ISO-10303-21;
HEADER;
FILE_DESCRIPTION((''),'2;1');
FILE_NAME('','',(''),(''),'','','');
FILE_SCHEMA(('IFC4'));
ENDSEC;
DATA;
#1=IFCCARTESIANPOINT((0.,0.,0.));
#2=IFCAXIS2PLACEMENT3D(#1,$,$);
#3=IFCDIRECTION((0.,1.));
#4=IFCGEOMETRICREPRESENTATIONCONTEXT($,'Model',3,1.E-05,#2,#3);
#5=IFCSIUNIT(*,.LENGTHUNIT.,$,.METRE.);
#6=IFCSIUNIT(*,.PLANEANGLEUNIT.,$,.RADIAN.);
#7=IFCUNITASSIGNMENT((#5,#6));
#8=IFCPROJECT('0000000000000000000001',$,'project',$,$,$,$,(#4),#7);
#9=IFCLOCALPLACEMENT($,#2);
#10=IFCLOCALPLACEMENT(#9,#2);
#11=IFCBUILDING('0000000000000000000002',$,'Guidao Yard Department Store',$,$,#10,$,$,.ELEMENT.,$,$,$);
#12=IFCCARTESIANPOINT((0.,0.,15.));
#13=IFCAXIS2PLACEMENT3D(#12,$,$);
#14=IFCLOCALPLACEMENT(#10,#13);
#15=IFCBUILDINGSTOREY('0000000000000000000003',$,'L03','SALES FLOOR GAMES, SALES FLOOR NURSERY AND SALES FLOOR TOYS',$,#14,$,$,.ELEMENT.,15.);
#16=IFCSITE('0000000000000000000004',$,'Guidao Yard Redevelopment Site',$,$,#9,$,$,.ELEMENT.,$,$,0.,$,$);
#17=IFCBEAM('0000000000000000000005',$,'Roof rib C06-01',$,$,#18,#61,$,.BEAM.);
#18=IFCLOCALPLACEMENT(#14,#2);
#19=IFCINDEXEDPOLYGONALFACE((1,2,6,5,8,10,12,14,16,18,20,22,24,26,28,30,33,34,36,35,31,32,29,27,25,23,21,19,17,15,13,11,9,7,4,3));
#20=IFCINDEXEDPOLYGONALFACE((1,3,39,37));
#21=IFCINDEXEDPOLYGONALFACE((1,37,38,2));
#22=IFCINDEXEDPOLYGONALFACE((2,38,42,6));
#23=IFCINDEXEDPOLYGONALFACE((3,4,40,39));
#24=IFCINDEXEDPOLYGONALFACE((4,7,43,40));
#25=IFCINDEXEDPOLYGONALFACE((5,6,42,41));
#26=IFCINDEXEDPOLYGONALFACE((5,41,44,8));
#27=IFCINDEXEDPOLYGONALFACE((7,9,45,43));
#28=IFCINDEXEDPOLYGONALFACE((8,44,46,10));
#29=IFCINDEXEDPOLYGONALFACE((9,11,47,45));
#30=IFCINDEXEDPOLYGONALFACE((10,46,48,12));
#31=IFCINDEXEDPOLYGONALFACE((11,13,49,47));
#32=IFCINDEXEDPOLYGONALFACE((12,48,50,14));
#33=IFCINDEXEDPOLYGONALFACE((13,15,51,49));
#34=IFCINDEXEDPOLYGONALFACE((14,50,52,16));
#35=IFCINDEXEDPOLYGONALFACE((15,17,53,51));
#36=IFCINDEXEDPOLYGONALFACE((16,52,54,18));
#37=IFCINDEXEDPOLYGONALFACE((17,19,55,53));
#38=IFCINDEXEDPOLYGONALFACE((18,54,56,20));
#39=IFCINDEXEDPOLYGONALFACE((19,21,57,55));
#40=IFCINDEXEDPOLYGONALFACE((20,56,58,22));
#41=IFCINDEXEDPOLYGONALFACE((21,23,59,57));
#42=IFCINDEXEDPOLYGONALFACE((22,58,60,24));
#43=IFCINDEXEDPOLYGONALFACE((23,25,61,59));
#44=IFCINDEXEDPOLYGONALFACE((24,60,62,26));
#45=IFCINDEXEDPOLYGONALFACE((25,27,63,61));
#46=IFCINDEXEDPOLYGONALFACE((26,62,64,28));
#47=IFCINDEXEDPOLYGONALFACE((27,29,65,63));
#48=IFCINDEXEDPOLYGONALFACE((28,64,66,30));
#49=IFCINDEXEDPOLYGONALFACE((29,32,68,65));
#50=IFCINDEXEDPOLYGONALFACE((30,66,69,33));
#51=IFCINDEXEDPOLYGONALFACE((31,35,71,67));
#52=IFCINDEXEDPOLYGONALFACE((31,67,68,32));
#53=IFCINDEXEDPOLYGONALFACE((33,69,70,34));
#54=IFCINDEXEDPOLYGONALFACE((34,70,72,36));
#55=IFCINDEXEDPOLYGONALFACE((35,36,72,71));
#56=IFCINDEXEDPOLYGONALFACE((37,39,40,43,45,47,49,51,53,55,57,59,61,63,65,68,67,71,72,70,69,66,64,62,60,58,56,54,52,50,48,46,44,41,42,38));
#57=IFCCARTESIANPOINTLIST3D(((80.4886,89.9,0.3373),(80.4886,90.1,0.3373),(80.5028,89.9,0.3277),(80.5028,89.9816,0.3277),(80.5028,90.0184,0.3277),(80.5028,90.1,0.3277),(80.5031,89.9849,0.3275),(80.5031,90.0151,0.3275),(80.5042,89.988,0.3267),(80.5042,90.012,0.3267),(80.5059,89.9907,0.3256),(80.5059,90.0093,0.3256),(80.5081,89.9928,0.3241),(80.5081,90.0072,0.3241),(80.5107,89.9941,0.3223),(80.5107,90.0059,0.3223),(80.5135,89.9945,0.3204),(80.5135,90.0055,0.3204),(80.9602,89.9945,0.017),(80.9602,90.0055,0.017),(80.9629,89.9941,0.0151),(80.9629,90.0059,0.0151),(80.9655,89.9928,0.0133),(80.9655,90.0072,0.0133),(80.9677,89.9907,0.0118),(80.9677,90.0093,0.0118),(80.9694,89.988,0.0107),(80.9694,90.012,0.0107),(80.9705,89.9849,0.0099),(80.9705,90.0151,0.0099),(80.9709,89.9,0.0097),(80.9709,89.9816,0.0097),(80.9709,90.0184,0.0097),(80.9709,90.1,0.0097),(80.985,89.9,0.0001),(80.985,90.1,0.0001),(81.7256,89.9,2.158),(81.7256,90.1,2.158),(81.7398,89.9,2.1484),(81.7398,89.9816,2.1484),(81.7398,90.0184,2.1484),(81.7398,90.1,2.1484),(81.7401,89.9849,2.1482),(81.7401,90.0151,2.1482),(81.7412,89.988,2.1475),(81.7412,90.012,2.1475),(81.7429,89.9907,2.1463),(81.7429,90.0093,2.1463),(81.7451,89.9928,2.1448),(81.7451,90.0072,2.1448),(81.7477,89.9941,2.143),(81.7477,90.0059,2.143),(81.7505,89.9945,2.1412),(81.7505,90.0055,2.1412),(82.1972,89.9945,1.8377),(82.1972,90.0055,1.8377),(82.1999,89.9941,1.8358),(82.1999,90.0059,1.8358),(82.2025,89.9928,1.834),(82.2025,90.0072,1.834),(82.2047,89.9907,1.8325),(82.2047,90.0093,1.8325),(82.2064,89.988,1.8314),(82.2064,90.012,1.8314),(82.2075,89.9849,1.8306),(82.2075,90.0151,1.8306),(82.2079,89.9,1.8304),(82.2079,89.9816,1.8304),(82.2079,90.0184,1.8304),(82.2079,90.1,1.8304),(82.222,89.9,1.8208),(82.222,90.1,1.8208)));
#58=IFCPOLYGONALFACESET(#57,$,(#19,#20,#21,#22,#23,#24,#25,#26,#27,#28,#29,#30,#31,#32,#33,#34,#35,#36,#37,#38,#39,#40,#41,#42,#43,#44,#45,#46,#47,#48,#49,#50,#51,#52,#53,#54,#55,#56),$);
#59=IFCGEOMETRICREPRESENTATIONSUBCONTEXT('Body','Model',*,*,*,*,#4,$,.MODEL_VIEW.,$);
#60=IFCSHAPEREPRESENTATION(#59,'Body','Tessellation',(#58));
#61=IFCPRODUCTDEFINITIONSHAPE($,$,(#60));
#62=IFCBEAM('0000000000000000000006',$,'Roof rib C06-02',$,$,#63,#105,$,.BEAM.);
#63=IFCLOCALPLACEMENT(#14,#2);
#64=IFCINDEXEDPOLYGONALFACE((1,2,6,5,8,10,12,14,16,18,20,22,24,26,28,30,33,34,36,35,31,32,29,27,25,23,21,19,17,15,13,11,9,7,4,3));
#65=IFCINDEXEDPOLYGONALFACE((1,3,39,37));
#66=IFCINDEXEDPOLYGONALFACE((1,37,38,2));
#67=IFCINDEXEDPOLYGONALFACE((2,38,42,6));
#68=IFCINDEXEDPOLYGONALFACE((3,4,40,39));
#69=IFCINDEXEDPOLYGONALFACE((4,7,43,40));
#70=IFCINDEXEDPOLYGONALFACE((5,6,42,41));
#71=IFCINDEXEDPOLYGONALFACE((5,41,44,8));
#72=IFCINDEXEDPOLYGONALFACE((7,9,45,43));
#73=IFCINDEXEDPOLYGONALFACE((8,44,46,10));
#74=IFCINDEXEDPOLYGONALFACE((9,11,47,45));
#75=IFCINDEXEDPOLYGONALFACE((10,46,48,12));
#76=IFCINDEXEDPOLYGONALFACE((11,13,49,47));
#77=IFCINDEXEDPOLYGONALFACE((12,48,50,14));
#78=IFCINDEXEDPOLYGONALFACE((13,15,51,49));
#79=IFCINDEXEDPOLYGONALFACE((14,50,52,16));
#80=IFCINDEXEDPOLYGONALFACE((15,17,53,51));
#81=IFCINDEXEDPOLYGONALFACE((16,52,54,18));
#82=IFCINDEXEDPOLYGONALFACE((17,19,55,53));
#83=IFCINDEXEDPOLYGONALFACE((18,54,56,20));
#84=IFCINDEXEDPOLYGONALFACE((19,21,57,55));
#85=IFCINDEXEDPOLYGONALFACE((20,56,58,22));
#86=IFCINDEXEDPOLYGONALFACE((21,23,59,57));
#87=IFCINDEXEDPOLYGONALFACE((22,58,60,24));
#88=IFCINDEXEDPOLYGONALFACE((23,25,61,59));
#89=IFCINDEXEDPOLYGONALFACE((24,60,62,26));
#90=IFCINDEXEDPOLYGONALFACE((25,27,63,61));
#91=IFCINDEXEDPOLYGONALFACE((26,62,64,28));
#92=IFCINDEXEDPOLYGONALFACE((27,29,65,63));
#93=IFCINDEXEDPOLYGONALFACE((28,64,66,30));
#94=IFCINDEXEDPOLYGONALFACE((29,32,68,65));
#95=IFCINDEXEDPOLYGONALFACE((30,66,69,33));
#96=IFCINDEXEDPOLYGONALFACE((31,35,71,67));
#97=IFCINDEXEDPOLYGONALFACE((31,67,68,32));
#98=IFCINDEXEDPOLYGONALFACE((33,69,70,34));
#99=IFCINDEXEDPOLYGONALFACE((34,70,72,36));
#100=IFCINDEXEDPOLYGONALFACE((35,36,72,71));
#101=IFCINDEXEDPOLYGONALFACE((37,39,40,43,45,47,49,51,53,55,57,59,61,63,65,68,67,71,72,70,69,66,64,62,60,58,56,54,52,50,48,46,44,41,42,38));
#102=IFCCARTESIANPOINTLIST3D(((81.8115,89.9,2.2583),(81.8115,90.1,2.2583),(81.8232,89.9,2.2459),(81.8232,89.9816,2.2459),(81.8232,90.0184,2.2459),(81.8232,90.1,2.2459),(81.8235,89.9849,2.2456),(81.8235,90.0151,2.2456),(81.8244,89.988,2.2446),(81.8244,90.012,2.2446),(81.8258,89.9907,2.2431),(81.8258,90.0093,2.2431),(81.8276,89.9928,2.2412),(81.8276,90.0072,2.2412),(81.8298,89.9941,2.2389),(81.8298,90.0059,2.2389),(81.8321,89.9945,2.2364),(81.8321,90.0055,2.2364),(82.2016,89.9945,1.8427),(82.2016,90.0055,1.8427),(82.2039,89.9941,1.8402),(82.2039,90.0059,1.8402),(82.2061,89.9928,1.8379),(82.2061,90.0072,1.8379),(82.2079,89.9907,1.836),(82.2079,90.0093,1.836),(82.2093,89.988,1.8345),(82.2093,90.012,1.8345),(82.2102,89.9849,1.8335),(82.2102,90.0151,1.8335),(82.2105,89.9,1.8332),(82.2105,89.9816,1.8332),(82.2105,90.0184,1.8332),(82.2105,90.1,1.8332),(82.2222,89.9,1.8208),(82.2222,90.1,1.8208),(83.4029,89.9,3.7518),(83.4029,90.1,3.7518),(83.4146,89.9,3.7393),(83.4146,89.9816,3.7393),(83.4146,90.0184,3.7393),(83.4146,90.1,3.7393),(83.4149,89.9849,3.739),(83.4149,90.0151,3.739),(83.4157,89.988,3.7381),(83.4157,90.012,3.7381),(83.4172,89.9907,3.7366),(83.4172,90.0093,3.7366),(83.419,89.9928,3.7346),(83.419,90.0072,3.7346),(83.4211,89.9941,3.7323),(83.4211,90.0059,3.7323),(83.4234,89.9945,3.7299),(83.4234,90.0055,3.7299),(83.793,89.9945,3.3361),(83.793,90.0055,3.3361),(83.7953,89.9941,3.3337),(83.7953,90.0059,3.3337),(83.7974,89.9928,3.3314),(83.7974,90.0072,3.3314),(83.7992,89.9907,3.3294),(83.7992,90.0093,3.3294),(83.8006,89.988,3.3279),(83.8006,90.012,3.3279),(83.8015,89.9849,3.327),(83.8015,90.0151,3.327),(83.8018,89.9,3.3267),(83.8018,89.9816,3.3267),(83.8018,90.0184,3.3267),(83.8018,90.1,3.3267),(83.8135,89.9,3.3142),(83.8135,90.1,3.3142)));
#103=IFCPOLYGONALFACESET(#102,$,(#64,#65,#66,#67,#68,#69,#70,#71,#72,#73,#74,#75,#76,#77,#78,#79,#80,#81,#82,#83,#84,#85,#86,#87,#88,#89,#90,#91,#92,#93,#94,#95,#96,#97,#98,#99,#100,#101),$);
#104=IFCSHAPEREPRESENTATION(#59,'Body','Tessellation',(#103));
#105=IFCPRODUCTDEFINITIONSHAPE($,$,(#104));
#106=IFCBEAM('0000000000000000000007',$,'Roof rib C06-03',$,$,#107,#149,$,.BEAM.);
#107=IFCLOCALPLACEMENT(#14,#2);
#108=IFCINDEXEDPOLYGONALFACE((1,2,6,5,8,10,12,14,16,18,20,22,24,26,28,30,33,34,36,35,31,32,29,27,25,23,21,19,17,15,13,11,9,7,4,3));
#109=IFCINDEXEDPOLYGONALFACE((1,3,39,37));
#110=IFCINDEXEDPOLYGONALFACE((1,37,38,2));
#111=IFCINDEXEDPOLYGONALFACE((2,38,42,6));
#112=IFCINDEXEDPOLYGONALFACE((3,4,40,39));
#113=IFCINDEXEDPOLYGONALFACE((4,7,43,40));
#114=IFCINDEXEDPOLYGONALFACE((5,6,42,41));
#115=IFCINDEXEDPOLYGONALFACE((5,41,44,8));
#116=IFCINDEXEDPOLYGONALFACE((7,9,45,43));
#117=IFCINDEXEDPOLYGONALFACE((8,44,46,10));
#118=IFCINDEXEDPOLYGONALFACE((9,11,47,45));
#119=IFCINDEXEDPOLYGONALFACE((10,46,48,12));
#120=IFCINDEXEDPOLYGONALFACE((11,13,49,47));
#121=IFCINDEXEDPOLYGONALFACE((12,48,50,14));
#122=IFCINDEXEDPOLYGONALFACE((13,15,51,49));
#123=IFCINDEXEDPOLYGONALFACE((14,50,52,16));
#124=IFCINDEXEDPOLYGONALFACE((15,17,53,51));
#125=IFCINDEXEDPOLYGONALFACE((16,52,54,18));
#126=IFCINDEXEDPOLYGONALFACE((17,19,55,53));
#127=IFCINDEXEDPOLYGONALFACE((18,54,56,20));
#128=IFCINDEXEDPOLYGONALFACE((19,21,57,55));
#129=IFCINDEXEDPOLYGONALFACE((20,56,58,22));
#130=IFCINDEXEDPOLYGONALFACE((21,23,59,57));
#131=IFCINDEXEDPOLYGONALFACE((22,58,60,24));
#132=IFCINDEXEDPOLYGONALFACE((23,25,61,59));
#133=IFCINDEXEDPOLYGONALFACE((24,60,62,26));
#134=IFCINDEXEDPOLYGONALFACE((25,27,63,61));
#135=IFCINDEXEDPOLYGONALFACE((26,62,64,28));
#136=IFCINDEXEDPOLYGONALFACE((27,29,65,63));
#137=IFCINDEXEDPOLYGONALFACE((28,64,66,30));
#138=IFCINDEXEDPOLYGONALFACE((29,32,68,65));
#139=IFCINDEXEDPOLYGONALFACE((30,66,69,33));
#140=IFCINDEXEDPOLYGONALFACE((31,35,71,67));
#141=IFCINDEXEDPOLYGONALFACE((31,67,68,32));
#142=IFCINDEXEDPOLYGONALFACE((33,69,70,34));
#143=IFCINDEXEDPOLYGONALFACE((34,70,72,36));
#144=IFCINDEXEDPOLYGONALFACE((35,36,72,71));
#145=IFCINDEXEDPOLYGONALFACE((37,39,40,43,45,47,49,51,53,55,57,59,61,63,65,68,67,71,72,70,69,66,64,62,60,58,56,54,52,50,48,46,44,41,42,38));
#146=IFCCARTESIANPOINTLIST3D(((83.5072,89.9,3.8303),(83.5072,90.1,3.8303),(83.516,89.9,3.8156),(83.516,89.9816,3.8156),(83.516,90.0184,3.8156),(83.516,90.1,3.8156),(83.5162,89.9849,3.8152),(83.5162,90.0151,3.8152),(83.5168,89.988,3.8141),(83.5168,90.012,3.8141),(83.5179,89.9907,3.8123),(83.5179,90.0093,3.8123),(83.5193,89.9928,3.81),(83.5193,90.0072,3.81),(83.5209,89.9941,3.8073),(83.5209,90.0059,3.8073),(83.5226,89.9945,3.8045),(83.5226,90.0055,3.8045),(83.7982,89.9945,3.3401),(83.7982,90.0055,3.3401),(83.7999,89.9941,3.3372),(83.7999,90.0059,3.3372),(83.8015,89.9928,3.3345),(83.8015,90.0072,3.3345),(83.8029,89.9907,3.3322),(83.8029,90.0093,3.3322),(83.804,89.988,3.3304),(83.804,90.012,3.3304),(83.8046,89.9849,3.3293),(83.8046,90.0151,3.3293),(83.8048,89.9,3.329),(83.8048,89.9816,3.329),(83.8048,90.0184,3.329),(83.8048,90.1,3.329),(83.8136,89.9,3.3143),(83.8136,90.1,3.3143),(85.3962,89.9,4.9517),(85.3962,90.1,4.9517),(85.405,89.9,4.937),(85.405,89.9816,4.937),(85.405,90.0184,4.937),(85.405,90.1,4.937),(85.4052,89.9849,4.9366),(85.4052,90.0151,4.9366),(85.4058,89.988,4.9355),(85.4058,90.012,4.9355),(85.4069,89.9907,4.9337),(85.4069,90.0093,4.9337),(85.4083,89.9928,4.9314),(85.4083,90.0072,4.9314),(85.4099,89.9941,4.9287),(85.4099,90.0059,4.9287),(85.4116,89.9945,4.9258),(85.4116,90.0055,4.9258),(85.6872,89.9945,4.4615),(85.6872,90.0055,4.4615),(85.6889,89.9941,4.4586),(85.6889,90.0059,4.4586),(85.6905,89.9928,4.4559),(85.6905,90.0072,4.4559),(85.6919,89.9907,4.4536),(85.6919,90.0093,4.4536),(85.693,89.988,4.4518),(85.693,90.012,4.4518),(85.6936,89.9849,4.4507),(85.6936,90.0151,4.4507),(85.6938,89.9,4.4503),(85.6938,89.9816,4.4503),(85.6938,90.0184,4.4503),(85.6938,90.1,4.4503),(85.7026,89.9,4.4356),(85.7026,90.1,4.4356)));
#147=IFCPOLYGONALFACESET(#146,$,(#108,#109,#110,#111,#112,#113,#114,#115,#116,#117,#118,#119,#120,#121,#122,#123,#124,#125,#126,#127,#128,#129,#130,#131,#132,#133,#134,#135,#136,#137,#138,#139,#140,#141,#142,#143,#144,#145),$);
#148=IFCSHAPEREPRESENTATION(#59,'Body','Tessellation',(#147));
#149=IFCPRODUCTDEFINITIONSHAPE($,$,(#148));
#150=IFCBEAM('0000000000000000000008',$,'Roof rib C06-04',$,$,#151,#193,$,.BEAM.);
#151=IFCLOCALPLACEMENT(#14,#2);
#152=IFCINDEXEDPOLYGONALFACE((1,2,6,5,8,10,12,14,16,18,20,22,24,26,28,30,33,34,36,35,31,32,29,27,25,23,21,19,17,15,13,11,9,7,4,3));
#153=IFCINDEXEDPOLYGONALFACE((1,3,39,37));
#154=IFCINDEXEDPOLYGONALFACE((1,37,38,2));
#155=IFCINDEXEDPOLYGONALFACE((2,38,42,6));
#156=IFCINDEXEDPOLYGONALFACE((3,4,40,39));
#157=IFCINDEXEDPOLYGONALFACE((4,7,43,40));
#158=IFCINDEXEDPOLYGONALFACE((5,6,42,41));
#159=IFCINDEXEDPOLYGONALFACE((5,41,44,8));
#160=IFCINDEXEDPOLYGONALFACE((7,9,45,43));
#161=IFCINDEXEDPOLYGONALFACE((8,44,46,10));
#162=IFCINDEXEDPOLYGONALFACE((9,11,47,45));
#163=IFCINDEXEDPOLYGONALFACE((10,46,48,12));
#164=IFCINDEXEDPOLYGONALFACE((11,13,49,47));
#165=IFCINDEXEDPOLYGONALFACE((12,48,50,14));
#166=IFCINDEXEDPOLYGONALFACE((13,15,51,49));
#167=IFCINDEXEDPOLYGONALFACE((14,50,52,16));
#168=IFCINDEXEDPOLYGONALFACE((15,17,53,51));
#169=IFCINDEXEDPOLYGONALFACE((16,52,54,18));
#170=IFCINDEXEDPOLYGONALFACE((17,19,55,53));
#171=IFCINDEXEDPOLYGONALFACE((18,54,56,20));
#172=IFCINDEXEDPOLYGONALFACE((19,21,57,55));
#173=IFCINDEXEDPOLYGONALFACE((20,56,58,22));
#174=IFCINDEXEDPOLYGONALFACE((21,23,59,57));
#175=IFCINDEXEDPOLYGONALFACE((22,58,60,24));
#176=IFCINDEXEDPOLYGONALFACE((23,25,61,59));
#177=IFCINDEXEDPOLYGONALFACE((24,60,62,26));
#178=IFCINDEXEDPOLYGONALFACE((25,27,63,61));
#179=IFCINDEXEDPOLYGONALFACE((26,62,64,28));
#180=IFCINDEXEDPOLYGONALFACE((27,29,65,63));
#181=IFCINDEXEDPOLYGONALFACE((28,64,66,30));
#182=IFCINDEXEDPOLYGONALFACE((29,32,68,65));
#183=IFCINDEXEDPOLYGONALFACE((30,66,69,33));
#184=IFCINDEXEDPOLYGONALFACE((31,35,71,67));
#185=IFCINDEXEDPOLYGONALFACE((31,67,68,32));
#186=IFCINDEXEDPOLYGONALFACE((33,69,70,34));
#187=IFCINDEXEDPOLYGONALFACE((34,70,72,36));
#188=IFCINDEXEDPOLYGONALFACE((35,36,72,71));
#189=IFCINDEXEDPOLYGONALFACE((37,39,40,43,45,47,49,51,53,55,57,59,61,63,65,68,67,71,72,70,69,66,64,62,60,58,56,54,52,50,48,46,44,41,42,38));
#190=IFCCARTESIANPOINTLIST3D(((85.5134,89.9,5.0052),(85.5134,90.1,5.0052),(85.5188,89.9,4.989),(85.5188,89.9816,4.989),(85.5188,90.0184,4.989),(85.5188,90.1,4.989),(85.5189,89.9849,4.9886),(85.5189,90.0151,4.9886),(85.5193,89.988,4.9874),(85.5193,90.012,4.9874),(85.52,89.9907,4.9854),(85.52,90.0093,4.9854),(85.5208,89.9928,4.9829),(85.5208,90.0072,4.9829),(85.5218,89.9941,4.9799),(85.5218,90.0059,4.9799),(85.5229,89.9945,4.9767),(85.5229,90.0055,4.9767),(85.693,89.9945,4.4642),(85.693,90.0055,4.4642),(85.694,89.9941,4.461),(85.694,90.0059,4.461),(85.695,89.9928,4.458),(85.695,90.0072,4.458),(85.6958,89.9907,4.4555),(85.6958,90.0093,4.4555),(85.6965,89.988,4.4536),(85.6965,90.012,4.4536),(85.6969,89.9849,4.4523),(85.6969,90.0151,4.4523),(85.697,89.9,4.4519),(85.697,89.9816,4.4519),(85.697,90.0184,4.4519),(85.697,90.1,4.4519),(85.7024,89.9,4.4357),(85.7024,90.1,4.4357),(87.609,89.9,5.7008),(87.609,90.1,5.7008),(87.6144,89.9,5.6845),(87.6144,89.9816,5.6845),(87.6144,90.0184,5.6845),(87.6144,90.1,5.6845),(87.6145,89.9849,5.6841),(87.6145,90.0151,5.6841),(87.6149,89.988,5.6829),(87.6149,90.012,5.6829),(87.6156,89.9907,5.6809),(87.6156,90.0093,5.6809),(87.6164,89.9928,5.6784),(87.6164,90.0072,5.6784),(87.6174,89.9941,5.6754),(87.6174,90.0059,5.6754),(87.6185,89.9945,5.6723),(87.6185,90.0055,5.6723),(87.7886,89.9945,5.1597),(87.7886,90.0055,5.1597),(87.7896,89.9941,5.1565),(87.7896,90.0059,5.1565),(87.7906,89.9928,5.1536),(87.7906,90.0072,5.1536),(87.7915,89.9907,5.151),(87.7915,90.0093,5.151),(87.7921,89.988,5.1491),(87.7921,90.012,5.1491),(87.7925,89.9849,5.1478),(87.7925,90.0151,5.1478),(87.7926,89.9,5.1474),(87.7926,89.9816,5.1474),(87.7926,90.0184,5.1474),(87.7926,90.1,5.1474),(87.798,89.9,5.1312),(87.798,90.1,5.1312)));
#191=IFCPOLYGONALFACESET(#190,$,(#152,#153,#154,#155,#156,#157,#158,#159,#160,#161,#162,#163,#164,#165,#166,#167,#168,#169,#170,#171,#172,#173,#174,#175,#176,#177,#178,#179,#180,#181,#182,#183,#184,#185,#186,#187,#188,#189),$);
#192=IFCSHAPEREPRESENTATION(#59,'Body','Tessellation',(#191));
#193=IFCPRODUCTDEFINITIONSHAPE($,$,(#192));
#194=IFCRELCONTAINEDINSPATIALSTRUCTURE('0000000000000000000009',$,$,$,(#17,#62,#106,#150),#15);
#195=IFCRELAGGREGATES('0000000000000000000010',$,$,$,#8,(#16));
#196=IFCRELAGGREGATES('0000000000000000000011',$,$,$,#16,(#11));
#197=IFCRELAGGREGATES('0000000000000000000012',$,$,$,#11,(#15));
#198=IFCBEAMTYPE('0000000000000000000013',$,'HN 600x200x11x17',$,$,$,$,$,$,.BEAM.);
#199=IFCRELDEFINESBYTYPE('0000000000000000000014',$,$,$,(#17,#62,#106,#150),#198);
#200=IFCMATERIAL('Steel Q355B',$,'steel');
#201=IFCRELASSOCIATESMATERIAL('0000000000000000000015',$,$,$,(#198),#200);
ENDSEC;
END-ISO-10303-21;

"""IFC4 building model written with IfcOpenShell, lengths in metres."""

from ifc_helpers import new_model, si_unit, direction, frame, origin, origin_2d, place, context, subcontext, project, spatial, i_section, extrude, material, material_profile, profile_set, type_object, element, save


model = new_model("IFC4")

# Units and contexts
model_context = context("Model", 3, precision=1e-05, world=origin(), true_north=direction((0.0, 1.0)))
body_context = subcontext(model_context, "Body", "Model", "MODEL_VIEW")
ifc_project = project(units=[si_unit("LENGTHUNIT", "METRE"), si_unit("PLANEANGLEUNIT", "RADIAN")], contexts=[model_context])

# Site, building, storey
site_placement = place(None, origin())
site = spatial("IfcSite", under=ifc_project, at=site_placement, Name="Guidao Yard Redevelopment Site", CompositionType="ELEMENT", RefElevation=0.0)
building_placement = place(site_placement, origin())
building = spatial("IfcBuilding", under=site, at=building_placement, Name="Guidao Yard Department Store", CompositionType="ELEMENT")
storey_placement = place(building_placement, frame((0.0, 0.0, 15.0)))
storey = spatial("IfcBuildingStorey", under=building, at=storey_placement, Name="L03", Description="SALES FLOOR GAMES, SALES FLOOR NURSERY AND SALES FLOOR TOYS", CompositionType="ELEMENT", Elevation=15.0)

# Beams
ifc_material_1 = material(Name="Steel Q355B", Category="steel")
ifc_material_profile_1 = material_profile(ifc_material_1, i_section(OverallWidth=0.2, OverallDepth=0.6001, WebThickness=0.011, FlangeThickness=0.0171, FilletRadius=0.0129, at=origin_2d()), Name="HN 600x200x11x17")
ifc_profile_set_1 = profile_set([ifc_material_profile_1], Name="Steel Q355B")
beam_type_1 = type_object("IfcBeamType", Name="HN 600x200x11x17", PredefinedType="BEAM", material=ifc_profile_set_1)
beam_1_placement = place(storey_placement, frame((80.7368, 90.0, 0.1687), z_axis=(0.561973, 0.0, 0.827155), x_axis=(0.0, 1.0, 0.0)))
element("IfcBeam", 1, at=beam_1_placement, inside=storey, type_object=beam_type_1, Name="Roof rib C06-01", PredefinedType="BEAM", context=body_context, shape_type="SweptSolid", body=[
    extrude(i_section(OverallWidth=0.2, OverallDepth=0.6001, WebThickness=0.011, FlangeThickness=0.0171, FilletRadius=0.0129, at=origin_2d()), origin(), (0.0, 0.0, 1.0), 2.2012),
])
beam_2_placement = place(storey_placement, frame((82.0168, 90.0, 2.0396), z_axis=(0.729181, 0.0, 0.684321), x_axis=(0.0, 1.0, 0.0)))
element("IfcBeam", 2, at=beam_2_placement, inside=storey, type_object=beam_type_1, Name="Roof rib C06-02", PredefinedType="BEAM", context=body_context, shape_type="SweptSolid", body=[
    extrude(i_section(OverallWidth=0.2, OverallDepth=0.6001, WebThickness=0.011, FlangeThickness=0.0171, FilletRadius=0.0129, at=origin_2d()), origin(), (0.0, 0.0, 1.0), 2.1824),
])
beam_3_placement = place(storey_placement, frame((83.6604, 90.0, 3.5723), z_axis=(0.859896, 0.0, 0.510469), x_axis=(0.0, 1.0, 0.0)))
element("IfcBeam", 3, at=beam_3_placement, inside=storey, type_object=beam_type_1, Name="Roof rib C06-03", PredefinedType="BEAM", context=body_context, shape_type="SweptSolid", body=[
    extrude(i_section(OverallWidth=0.2, OverallDepth=0.6001, WebThickness=0.011, FlangeThickness=0.0171, FilletRadius=0.0129, at=origin_2d()), origin(), (0.0, 0.0, 1.0), 2.1968),
])
beam_4_placement = place(storey_placement, frame((85.6079, 90.0, 4.7205), z_axis=(0.949092, 0.0, 0.315), x_axis=(0.0, 1.0, 0.0)))
element("IfcBeam", 4, at=beam_4_placement, inside=storey, type_object=beam_type_1, Name="Roof rib C06-04", PredefinedType="BEAM", context=body_context, shape_type="SweptSolid", body=[
    extrude(i_section(OverallWidth=0.2, OverallDepth=0.6001, WebThickness=0.011, FlangeThickness=0.0171, FilletRadius=0.0129, at=origin_2d()), origin(), (0.0, 0.0, 1.0), 2.208),
])

save(model, "model.ifc")
